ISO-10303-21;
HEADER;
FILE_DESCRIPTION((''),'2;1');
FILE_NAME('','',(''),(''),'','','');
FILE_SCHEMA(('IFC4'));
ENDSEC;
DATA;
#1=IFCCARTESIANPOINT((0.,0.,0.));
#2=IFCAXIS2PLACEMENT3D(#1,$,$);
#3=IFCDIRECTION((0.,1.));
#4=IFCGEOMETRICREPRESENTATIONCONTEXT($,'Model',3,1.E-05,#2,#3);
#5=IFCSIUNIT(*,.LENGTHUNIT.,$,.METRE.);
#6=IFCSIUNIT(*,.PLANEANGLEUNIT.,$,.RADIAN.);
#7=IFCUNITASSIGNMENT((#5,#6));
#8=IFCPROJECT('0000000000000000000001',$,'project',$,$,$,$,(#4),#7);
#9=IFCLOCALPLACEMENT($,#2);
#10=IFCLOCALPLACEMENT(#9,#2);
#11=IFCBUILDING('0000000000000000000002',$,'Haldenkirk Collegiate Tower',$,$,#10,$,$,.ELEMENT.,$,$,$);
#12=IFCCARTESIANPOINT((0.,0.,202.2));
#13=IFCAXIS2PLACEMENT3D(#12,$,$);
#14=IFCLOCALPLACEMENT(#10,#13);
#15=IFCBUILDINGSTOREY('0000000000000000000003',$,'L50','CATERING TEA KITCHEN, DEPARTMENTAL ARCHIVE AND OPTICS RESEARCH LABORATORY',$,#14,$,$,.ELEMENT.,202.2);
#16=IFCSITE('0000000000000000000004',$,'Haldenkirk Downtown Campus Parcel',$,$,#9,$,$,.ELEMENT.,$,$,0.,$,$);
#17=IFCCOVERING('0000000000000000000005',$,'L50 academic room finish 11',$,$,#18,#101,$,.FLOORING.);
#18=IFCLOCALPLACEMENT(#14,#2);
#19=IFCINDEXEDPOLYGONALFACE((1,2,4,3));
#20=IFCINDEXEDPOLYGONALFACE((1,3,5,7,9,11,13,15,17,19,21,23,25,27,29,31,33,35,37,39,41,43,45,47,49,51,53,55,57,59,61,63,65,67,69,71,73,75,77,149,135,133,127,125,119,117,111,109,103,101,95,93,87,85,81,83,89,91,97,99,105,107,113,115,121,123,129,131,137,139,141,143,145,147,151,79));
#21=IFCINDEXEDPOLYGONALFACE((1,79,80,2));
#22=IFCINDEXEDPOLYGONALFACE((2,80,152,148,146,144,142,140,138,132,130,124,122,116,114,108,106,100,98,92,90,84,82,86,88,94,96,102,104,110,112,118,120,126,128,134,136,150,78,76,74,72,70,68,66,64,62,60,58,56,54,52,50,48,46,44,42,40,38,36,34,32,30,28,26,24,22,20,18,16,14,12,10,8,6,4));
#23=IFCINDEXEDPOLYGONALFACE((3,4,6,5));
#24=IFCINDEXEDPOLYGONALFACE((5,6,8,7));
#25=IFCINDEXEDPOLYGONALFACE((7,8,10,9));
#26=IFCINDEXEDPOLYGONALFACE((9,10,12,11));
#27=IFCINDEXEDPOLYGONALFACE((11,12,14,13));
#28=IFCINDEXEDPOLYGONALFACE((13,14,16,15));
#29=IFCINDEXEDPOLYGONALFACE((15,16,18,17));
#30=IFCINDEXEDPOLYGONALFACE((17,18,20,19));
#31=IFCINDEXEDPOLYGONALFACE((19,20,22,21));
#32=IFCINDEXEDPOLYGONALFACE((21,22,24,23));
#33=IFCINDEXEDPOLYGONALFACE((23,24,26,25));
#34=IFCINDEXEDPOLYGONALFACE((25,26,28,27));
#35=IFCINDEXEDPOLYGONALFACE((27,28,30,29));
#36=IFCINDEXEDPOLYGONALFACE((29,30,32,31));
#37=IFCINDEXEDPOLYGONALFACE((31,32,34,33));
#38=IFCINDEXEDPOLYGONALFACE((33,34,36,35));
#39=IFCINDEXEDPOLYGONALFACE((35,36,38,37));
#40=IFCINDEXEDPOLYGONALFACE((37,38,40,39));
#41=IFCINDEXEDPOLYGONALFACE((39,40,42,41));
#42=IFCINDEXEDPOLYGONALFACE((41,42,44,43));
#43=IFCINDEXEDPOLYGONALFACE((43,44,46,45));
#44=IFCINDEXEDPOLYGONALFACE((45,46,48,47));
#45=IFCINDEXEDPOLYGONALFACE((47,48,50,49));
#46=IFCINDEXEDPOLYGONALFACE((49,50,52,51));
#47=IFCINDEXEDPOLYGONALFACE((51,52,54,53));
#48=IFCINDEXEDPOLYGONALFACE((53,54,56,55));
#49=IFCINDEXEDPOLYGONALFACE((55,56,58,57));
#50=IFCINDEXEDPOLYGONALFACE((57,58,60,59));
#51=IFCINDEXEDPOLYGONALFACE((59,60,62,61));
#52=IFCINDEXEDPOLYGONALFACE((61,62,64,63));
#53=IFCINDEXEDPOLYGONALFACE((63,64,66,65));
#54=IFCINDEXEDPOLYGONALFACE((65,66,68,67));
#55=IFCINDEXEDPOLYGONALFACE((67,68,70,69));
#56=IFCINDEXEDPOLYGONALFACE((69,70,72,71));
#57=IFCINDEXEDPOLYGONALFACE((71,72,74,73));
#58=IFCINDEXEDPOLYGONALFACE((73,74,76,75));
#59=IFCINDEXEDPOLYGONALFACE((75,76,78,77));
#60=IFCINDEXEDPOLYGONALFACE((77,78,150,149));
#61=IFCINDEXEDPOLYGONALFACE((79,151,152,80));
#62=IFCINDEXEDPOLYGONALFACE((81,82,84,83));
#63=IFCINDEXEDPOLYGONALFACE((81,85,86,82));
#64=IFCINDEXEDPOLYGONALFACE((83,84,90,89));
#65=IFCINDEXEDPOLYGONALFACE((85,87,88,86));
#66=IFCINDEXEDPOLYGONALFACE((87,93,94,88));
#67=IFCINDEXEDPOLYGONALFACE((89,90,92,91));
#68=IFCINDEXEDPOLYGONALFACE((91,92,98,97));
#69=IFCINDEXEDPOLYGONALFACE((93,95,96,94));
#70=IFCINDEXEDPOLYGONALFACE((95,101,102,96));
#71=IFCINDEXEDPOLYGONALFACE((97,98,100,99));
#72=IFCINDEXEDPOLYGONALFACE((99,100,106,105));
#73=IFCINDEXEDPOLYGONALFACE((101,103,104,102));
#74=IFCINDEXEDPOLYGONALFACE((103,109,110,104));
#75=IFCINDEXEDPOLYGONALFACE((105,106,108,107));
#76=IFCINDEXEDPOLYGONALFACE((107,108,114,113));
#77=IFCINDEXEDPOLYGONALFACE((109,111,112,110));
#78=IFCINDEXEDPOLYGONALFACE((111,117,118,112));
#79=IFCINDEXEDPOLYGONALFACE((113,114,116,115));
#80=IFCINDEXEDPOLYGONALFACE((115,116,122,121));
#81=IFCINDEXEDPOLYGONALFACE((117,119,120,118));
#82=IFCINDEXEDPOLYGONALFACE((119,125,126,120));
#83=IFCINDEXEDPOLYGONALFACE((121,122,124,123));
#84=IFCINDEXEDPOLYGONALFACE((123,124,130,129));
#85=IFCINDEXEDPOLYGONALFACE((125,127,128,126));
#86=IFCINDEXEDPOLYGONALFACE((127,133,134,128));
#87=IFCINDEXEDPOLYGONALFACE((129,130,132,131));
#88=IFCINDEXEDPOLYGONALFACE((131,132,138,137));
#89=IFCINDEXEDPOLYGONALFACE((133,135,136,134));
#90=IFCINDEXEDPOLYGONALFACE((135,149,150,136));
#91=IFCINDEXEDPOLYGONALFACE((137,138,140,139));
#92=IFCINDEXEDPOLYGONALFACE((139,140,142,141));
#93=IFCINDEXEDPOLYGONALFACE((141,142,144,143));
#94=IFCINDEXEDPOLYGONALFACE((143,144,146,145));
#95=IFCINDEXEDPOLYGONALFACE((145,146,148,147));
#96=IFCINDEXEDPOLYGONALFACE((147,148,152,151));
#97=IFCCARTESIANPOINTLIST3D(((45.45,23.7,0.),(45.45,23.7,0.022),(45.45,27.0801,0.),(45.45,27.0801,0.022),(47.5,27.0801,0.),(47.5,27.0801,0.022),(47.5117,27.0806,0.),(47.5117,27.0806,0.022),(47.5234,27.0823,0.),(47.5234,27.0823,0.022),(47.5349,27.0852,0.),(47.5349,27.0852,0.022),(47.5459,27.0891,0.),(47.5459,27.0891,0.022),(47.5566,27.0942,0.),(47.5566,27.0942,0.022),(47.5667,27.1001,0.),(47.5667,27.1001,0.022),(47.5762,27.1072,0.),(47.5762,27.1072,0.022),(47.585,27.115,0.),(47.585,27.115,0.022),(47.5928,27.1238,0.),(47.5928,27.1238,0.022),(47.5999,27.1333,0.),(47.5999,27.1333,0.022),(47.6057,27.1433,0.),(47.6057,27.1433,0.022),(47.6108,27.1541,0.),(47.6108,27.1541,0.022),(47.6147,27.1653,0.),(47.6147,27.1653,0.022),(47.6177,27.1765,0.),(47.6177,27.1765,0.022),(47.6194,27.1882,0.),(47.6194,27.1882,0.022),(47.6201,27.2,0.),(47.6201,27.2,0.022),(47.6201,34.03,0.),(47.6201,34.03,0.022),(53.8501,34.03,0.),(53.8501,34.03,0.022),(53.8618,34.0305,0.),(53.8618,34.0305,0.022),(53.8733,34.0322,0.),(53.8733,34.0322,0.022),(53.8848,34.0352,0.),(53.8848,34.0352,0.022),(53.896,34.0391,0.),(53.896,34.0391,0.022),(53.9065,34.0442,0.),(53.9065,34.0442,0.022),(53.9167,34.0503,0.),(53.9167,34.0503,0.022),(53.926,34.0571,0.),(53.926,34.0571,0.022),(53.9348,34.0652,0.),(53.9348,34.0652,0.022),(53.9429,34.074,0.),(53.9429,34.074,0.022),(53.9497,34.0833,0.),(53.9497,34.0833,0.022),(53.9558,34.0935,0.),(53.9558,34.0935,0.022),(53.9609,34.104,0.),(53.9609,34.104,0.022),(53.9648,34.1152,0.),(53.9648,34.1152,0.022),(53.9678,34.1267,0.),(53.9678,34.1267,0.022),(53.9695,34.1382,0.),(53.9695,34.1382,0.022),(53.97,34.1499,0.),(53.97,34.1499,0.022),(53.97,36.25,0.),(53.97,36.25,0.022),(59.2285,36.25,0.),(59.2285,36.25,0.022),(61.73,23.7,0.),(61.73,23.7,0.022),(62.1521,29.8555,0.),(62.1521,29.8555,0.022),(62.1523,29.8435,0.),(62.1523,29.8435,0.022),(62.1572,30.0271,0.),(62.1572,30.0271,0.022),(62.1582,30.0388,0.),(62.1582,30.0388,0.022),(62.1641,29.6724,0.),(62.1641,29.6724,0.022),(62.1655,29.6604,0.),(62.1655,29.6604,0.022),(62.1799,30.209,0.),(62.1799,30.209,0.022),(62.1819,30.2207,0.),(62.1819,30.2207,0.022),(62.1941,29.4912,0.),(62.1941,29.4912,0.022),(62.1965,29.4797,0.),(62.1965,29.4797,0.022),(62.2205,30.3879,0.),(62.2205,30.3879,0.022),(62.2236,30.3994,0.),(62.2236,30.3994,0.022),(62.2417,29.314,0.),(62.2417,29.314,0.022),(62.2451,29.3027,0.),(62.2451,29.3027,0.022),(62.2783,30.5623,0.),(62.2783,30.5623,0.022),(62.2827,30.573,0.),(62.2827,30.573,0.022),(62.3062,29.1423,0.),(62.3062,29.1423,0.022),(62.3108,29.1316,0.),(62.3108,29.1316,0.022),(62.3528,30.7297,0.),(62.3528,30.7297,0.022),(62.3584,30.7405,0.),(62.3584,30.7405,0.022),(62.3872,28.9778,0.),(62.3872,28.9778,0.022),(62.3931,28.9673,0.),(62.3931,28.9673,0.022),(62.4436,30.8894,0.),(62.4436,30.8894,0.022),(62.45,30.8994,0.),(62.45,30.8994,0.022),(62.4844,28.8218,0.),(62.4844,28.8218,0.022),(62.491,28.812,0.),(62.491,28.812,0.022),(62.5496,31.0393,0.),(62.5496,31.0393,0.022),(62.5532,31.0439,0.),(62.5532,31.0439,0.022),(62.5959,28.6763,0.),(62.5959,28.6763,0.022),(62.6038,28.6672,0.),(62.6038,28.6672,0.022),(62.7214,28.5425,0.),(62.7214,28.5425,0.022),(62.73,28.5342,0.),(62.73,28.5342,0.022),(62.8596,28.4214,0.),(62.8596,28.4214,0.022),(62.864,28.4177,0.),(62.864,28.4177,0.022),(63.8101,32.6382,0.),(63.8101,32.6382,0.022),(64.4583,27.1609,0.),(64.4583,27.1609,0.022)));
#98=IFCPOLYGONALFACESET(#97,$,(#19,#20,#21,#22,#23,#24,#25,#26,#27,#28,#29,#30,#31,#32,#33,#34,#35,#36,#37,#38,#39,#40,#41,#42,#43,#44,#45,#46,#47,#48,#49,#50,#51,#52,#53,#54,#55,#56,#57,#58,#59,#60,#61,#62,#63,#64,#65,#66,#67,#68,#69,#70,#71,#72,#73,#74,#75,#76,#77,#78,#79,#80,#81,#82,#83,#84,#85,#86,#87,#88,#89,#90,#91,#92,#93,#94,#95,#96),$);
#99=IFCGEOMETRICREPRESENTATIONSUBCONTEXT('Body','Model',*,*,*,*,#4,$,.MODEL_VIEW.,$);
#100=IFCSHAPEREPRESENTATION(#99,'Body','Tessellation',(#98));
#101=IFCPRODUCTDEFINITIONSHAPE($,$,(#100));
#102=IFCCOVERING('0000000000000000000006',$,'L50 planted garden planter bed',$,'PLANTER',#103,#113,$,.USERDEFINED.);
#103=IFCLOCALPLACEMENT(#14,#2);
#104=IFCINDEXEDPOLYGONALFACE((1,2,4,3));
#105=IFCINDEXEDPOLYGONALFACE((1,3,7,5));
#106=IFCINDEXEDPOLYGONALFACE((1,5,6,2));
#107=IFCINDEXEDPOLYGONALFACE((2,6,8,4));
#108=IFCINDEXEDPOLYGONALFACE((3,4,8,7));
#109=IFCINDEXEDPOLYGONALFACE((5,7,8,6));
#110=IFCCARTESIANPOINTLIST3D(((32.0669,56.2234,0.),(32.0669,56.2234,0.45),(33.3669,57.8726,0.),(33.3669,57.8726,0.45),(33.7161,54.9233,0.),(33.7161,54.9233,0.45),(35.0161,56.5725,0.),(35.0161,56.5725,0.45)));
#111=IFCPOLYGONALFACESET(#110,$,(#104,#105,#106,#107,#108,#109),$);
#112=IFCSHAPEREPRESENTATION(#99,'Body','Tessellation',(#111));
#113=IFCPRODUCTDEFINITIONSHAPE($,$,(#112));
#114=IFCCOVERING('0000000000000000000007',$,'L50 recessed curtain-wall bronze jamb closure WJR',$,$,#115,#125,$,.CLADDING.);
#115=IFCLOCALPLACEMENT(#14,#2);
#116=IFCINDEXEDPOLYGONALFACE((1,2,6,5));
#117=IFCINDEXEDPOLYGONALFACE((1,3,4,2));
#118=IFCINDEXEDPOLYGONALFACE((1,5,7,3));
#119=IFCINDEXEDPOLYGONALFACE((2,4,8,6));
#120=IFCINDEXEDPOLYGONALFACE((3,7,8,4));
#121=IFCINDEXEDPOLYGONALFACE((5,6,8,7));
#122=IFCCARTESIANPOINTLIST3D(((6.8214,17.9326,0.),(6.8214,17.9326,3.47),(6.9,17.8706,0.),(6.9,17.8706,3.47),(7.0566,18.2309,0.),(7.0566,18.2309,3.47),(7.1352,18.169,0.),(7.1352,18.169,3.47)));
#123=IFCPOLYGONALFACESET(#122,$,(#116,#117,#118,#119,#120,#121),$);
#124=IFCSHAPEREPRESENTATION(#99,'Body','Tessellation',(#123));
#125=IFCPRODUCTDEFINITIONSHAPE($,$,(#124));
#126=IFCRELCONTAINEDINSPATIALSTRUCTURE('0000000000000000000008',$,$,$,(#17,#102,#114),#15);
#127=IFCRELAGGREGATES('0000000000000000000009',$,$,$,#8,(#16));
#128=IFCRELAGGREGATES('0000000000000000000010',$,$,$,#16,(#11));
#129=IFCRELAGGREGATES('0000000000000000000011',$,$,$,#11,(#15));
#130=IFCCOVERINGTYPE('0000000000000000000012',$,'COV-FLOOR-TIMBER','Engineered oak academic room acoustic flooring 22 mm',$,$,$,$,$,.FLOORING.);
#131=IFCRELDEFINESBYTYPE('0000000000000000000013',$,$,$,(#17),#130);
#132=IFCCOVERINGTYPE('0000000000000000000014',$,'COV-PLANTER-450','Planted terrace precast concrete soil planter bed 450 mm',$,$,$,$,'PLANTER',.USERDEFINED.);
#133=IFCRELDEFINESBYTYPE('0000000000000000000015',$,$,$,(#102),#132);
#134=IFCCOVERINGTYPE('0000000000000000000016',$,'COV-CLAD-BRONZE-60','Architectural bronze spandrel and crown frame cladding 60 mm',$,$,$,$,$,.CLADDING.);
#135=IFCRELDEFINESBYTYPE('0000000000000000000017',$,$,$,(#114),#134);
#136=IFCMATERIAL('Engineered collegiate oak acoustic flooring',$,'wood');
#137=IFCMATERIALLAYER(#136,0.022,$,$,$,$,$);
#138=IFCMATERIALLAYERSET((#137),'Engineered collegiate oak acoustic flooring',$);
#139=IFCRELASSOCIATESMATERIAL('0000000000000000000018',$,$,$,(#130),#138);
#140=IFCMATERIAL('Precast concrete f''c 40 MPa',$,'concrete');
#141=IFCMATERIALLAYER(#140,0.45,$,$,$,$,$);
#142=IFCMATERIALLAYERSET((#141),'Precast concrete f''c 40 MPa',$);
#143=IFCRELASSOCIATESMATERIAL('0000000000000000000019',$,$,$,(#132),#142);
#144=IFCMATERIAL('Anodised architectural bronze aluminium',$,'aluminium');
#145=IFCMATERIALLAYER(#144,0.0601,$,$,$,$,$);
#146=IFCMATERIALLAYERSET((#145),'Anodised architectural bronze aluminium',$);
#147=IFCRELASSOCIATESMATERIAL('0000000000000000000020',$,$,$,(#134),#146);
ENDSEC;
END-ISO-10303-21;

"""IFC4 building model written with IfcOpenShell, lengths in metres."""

from ifc_helpers import new_model, si_unit, direction, frame, origin, origin_2d, place, context, subcontext, project, spatial, polyline, rectangle, outline, extrude, source, transform, mapped, material, layer, layer_set, type_object, element, save


model = new_model("IFC4")

# Units and contexts
model_context = context("Model", 3, precision=1e-05, world=origin(), true_north=direction((0.0, 1.0)))
body_context = subcontext(model_context, "Body", "Model", "MODEL_VIEW")
ifc_project = project(units=[si_unit("LENGTHUNIT", "METRE"), si_unit("PLANEANGLEUNIT", "RADIAN")], contexts=[model_context])

# Site, building, storey
site_placement = place(None, origin())
site = spatial("IfcSite", under=ifc_project, at=site_placement, Name="Haldenkirk Downtown Campus Parcel", CompositionType="ELEMENT", RefElevation=0.0)
building_placement = place(site_placement, origin())
building = spatial("IfcBuilding", under=site, at=building_placement, Name="Haldenkirk Collegiate Tower", CompositionType="ELEMENT")
storey_placement = place(building_placement, frame((0.0, 0.0, 202.2)))
storey = spatial("IfcBuildingStorey", under=building, at=storey_placement, Name="L50", Description="CATERING TEA KITCHEN, DEPARTMENTAL ARCHIVE AND OPTICS RESEARCH LABORATORY", CompositionType="ELEMENT", Elevation=202.2)

# Shared definitions
ifc_material_1 = material(Name="Anodised architectural bronze aluminium", Category="aluminium")

# Shared definitions
ifc_material_2 = material(Name="Precast concrete f'c 40 MPa", Category="concrete")

# Coverings
ifc_material_3 = material(Name="Engineered collegiate oak acoustic flooring", Category="wood")
ifc_layer_1 = layer(ifc_material_3, 0.022)
ifc_layer_set_1 = layer_set([ifc_layer_1], Name="Engineered collegiate oak acoustic flooring")
covering_type_1 = type_object("IfcCoveringType", Name="COV-FLOOR-TIMBER", Description="Engineered oak academic room acoustic flooring 22 mm", PredefinedType="FLOORING", material=ifc_layer_set_1)
covering_1_placement = place(storey_placement, origin())
element("IfcCovering", 1, at=covering_1_placement, inside=storey, type_object=covering_type_1, Name="L50 academic room finish 11", PredefinedType="FLOORING", context=body_context, shape_type="SweptSolid", body=[
    extrude(outline(polyline([(62.5532, 31.0439), (62.5496, 31.0393), (62.45, 30.8994), (62.4436, 30.8894), (62.3584, 30.7405), (62.3528, 30.7297), (62.2827, 30.573), (62.2783, 30.5623), (62.2236, 30.3994), (62.2205, 30.3879), (62.1819, 30.2207), (62.1799, 30.209), (62.1582, 30.0388), (62.1572, 30.0271), (62.1521, 29.8555), (62.1523, 29.8435), (62.1641, 29.6724), (62.1655, 29.6604), (62.1941, 29.4912), (62.1965, 29.4797), (62.2417, 29.314), (62.2451, 29.3027), (62.3062, 29.1423), (62.3108, 29.1316), (62.3872, 28.9778), (62.3931, 28.9673), (62.4844, 28.8218), (62.491, 28.812), (62.5959, 28.6763), (62.6038, 28.6672), (62.7214, 28.5425), (62.73, 28.5342), (62.8596, 28.4214), (62.864, 28.4177), (64.4583, 27.1609), (61.73, 23.7), (45.45, 23.7), (45.45, 27.0801), (47.5, 27.0801), (47.5117, 27.0806), (47.5234, 27.0823), (47.5349, 27.0852), (47.5459, 27.0891), (47.5566, 27.0942), (47.5667, 27.1001), (47.5762, 27.1072), (47.585, 27.115), (47.5928, 27.1238), (47.5999, 27.1333), (47.6057, 27.1433), (47.6108, 27.1541), (47.6147, 27.1653), (47.6177, 27.1765), (47.6194, 27.1882), (47.6201, 27.2), (47.6201, 34.03), (53.8501, 34.03), (53.8618, 34.0305), (53.8733, 34.0322), (53.8848, 34.0352), (53.896, 34.0391), (53.9065, 34.0442), (53.9167, 34.0503), (53.926, 34.0571), (53.9348, 34.0652), (53.9429, 34.074), (53.9497, 34.0833), (53.9558, 34.0935), (53.9609, 34.104), (53.9648, 34.1152), (53.9678, 34.1267), (53.9695, 34.1382), (53.97, 34.1499), (53.97, 36.25), (59.2285, 36.25), (63.8101, 32.6382), (62.5532, 31.0439)])), origin(), (0.0, 0.0, 1.0), 0.022),
])
ifc_layer_2 = layer(ifc_material_2, 0.45)
ifc_layer_set_2 = layer_set([ifc_layer_2], Name="Precast concrete f'c 40 MPa")
covering_type_2 = type_object("IfcCoveringType", Name="COV-PLANTER-450", Description="Planted terrace precast concrete soil planter bed 450 mm", ElementType="PLANTER", PredefinedType="USERDEFINED", material=ifc_layer_set_2)
covering_2_placement = place(storey_placement, origin())
element("IfcCovering", 2, at=covering_2_placement, inside=storey, type_object=covering_type_2, Name="L50 planted garden planter bed", ObjectType="PLANTER", PredefinedType="USERDEFINED", context=body_context, shape_type="SweptSolid", body=[
    extrude(outline(polyline([(33.7161, 54.9233), (32.0669, 56.2234), (33.3669, 57.8726), (35.0161, 56.5725), (33.7161, 54.9233)])), origin(), (0.0, 0.0, 1.0), 0.45),
])
ifc_layer_3 = layer(ifc_material_1, 0.0601)
ifc_layer_set_3 = layer_set([ifc_layer_3], Name="Anodised architectural bronze aluminium")
covering_type_3 = type_object("IfcCoveringType", Name="COV-CLAD-BRONZE-60", Description="Architectural bronze spandrel and crown frame cladding 60 mm", PredefinedType="CLADDING", material=ifc_layer_set_3)
shared_shape_1 = source(origin(), body_context, "Body", "SweptSolid", [
    extrude(rectangle(XDim=0.1001, YDim=0.3799, at=origin_2d()), origin(), (0.0, 0.0, 1.0), 3.47),
])
covering_3_placement = place(storey_placement, frame((6.9783, 18.0508, 0.0), z_axis=(0.0, 0.0, 1.0), x_axis=(-0.785317, 0.619094, 0.0)))
element("IfcCovering", 3, at=covering_3_placement, inside=storey, type_object=covering_type_3, Name="L50 recessed curtain-wall bronze jamb closure WJR", PredefinedType="CLADDING", context=body_context, shape_type="MappedRepresentation", body=[
    mapped(shared_shape_1, transform((0.0, 0.0, 0.0), x_axis=(1.0, 0.0, 0.0), y_axis=(0.0, 1.0, 0.0), z_axis=(0.0, 0.0, 1.0), scale=1.0)),
])

save(model, "model.ifc")
